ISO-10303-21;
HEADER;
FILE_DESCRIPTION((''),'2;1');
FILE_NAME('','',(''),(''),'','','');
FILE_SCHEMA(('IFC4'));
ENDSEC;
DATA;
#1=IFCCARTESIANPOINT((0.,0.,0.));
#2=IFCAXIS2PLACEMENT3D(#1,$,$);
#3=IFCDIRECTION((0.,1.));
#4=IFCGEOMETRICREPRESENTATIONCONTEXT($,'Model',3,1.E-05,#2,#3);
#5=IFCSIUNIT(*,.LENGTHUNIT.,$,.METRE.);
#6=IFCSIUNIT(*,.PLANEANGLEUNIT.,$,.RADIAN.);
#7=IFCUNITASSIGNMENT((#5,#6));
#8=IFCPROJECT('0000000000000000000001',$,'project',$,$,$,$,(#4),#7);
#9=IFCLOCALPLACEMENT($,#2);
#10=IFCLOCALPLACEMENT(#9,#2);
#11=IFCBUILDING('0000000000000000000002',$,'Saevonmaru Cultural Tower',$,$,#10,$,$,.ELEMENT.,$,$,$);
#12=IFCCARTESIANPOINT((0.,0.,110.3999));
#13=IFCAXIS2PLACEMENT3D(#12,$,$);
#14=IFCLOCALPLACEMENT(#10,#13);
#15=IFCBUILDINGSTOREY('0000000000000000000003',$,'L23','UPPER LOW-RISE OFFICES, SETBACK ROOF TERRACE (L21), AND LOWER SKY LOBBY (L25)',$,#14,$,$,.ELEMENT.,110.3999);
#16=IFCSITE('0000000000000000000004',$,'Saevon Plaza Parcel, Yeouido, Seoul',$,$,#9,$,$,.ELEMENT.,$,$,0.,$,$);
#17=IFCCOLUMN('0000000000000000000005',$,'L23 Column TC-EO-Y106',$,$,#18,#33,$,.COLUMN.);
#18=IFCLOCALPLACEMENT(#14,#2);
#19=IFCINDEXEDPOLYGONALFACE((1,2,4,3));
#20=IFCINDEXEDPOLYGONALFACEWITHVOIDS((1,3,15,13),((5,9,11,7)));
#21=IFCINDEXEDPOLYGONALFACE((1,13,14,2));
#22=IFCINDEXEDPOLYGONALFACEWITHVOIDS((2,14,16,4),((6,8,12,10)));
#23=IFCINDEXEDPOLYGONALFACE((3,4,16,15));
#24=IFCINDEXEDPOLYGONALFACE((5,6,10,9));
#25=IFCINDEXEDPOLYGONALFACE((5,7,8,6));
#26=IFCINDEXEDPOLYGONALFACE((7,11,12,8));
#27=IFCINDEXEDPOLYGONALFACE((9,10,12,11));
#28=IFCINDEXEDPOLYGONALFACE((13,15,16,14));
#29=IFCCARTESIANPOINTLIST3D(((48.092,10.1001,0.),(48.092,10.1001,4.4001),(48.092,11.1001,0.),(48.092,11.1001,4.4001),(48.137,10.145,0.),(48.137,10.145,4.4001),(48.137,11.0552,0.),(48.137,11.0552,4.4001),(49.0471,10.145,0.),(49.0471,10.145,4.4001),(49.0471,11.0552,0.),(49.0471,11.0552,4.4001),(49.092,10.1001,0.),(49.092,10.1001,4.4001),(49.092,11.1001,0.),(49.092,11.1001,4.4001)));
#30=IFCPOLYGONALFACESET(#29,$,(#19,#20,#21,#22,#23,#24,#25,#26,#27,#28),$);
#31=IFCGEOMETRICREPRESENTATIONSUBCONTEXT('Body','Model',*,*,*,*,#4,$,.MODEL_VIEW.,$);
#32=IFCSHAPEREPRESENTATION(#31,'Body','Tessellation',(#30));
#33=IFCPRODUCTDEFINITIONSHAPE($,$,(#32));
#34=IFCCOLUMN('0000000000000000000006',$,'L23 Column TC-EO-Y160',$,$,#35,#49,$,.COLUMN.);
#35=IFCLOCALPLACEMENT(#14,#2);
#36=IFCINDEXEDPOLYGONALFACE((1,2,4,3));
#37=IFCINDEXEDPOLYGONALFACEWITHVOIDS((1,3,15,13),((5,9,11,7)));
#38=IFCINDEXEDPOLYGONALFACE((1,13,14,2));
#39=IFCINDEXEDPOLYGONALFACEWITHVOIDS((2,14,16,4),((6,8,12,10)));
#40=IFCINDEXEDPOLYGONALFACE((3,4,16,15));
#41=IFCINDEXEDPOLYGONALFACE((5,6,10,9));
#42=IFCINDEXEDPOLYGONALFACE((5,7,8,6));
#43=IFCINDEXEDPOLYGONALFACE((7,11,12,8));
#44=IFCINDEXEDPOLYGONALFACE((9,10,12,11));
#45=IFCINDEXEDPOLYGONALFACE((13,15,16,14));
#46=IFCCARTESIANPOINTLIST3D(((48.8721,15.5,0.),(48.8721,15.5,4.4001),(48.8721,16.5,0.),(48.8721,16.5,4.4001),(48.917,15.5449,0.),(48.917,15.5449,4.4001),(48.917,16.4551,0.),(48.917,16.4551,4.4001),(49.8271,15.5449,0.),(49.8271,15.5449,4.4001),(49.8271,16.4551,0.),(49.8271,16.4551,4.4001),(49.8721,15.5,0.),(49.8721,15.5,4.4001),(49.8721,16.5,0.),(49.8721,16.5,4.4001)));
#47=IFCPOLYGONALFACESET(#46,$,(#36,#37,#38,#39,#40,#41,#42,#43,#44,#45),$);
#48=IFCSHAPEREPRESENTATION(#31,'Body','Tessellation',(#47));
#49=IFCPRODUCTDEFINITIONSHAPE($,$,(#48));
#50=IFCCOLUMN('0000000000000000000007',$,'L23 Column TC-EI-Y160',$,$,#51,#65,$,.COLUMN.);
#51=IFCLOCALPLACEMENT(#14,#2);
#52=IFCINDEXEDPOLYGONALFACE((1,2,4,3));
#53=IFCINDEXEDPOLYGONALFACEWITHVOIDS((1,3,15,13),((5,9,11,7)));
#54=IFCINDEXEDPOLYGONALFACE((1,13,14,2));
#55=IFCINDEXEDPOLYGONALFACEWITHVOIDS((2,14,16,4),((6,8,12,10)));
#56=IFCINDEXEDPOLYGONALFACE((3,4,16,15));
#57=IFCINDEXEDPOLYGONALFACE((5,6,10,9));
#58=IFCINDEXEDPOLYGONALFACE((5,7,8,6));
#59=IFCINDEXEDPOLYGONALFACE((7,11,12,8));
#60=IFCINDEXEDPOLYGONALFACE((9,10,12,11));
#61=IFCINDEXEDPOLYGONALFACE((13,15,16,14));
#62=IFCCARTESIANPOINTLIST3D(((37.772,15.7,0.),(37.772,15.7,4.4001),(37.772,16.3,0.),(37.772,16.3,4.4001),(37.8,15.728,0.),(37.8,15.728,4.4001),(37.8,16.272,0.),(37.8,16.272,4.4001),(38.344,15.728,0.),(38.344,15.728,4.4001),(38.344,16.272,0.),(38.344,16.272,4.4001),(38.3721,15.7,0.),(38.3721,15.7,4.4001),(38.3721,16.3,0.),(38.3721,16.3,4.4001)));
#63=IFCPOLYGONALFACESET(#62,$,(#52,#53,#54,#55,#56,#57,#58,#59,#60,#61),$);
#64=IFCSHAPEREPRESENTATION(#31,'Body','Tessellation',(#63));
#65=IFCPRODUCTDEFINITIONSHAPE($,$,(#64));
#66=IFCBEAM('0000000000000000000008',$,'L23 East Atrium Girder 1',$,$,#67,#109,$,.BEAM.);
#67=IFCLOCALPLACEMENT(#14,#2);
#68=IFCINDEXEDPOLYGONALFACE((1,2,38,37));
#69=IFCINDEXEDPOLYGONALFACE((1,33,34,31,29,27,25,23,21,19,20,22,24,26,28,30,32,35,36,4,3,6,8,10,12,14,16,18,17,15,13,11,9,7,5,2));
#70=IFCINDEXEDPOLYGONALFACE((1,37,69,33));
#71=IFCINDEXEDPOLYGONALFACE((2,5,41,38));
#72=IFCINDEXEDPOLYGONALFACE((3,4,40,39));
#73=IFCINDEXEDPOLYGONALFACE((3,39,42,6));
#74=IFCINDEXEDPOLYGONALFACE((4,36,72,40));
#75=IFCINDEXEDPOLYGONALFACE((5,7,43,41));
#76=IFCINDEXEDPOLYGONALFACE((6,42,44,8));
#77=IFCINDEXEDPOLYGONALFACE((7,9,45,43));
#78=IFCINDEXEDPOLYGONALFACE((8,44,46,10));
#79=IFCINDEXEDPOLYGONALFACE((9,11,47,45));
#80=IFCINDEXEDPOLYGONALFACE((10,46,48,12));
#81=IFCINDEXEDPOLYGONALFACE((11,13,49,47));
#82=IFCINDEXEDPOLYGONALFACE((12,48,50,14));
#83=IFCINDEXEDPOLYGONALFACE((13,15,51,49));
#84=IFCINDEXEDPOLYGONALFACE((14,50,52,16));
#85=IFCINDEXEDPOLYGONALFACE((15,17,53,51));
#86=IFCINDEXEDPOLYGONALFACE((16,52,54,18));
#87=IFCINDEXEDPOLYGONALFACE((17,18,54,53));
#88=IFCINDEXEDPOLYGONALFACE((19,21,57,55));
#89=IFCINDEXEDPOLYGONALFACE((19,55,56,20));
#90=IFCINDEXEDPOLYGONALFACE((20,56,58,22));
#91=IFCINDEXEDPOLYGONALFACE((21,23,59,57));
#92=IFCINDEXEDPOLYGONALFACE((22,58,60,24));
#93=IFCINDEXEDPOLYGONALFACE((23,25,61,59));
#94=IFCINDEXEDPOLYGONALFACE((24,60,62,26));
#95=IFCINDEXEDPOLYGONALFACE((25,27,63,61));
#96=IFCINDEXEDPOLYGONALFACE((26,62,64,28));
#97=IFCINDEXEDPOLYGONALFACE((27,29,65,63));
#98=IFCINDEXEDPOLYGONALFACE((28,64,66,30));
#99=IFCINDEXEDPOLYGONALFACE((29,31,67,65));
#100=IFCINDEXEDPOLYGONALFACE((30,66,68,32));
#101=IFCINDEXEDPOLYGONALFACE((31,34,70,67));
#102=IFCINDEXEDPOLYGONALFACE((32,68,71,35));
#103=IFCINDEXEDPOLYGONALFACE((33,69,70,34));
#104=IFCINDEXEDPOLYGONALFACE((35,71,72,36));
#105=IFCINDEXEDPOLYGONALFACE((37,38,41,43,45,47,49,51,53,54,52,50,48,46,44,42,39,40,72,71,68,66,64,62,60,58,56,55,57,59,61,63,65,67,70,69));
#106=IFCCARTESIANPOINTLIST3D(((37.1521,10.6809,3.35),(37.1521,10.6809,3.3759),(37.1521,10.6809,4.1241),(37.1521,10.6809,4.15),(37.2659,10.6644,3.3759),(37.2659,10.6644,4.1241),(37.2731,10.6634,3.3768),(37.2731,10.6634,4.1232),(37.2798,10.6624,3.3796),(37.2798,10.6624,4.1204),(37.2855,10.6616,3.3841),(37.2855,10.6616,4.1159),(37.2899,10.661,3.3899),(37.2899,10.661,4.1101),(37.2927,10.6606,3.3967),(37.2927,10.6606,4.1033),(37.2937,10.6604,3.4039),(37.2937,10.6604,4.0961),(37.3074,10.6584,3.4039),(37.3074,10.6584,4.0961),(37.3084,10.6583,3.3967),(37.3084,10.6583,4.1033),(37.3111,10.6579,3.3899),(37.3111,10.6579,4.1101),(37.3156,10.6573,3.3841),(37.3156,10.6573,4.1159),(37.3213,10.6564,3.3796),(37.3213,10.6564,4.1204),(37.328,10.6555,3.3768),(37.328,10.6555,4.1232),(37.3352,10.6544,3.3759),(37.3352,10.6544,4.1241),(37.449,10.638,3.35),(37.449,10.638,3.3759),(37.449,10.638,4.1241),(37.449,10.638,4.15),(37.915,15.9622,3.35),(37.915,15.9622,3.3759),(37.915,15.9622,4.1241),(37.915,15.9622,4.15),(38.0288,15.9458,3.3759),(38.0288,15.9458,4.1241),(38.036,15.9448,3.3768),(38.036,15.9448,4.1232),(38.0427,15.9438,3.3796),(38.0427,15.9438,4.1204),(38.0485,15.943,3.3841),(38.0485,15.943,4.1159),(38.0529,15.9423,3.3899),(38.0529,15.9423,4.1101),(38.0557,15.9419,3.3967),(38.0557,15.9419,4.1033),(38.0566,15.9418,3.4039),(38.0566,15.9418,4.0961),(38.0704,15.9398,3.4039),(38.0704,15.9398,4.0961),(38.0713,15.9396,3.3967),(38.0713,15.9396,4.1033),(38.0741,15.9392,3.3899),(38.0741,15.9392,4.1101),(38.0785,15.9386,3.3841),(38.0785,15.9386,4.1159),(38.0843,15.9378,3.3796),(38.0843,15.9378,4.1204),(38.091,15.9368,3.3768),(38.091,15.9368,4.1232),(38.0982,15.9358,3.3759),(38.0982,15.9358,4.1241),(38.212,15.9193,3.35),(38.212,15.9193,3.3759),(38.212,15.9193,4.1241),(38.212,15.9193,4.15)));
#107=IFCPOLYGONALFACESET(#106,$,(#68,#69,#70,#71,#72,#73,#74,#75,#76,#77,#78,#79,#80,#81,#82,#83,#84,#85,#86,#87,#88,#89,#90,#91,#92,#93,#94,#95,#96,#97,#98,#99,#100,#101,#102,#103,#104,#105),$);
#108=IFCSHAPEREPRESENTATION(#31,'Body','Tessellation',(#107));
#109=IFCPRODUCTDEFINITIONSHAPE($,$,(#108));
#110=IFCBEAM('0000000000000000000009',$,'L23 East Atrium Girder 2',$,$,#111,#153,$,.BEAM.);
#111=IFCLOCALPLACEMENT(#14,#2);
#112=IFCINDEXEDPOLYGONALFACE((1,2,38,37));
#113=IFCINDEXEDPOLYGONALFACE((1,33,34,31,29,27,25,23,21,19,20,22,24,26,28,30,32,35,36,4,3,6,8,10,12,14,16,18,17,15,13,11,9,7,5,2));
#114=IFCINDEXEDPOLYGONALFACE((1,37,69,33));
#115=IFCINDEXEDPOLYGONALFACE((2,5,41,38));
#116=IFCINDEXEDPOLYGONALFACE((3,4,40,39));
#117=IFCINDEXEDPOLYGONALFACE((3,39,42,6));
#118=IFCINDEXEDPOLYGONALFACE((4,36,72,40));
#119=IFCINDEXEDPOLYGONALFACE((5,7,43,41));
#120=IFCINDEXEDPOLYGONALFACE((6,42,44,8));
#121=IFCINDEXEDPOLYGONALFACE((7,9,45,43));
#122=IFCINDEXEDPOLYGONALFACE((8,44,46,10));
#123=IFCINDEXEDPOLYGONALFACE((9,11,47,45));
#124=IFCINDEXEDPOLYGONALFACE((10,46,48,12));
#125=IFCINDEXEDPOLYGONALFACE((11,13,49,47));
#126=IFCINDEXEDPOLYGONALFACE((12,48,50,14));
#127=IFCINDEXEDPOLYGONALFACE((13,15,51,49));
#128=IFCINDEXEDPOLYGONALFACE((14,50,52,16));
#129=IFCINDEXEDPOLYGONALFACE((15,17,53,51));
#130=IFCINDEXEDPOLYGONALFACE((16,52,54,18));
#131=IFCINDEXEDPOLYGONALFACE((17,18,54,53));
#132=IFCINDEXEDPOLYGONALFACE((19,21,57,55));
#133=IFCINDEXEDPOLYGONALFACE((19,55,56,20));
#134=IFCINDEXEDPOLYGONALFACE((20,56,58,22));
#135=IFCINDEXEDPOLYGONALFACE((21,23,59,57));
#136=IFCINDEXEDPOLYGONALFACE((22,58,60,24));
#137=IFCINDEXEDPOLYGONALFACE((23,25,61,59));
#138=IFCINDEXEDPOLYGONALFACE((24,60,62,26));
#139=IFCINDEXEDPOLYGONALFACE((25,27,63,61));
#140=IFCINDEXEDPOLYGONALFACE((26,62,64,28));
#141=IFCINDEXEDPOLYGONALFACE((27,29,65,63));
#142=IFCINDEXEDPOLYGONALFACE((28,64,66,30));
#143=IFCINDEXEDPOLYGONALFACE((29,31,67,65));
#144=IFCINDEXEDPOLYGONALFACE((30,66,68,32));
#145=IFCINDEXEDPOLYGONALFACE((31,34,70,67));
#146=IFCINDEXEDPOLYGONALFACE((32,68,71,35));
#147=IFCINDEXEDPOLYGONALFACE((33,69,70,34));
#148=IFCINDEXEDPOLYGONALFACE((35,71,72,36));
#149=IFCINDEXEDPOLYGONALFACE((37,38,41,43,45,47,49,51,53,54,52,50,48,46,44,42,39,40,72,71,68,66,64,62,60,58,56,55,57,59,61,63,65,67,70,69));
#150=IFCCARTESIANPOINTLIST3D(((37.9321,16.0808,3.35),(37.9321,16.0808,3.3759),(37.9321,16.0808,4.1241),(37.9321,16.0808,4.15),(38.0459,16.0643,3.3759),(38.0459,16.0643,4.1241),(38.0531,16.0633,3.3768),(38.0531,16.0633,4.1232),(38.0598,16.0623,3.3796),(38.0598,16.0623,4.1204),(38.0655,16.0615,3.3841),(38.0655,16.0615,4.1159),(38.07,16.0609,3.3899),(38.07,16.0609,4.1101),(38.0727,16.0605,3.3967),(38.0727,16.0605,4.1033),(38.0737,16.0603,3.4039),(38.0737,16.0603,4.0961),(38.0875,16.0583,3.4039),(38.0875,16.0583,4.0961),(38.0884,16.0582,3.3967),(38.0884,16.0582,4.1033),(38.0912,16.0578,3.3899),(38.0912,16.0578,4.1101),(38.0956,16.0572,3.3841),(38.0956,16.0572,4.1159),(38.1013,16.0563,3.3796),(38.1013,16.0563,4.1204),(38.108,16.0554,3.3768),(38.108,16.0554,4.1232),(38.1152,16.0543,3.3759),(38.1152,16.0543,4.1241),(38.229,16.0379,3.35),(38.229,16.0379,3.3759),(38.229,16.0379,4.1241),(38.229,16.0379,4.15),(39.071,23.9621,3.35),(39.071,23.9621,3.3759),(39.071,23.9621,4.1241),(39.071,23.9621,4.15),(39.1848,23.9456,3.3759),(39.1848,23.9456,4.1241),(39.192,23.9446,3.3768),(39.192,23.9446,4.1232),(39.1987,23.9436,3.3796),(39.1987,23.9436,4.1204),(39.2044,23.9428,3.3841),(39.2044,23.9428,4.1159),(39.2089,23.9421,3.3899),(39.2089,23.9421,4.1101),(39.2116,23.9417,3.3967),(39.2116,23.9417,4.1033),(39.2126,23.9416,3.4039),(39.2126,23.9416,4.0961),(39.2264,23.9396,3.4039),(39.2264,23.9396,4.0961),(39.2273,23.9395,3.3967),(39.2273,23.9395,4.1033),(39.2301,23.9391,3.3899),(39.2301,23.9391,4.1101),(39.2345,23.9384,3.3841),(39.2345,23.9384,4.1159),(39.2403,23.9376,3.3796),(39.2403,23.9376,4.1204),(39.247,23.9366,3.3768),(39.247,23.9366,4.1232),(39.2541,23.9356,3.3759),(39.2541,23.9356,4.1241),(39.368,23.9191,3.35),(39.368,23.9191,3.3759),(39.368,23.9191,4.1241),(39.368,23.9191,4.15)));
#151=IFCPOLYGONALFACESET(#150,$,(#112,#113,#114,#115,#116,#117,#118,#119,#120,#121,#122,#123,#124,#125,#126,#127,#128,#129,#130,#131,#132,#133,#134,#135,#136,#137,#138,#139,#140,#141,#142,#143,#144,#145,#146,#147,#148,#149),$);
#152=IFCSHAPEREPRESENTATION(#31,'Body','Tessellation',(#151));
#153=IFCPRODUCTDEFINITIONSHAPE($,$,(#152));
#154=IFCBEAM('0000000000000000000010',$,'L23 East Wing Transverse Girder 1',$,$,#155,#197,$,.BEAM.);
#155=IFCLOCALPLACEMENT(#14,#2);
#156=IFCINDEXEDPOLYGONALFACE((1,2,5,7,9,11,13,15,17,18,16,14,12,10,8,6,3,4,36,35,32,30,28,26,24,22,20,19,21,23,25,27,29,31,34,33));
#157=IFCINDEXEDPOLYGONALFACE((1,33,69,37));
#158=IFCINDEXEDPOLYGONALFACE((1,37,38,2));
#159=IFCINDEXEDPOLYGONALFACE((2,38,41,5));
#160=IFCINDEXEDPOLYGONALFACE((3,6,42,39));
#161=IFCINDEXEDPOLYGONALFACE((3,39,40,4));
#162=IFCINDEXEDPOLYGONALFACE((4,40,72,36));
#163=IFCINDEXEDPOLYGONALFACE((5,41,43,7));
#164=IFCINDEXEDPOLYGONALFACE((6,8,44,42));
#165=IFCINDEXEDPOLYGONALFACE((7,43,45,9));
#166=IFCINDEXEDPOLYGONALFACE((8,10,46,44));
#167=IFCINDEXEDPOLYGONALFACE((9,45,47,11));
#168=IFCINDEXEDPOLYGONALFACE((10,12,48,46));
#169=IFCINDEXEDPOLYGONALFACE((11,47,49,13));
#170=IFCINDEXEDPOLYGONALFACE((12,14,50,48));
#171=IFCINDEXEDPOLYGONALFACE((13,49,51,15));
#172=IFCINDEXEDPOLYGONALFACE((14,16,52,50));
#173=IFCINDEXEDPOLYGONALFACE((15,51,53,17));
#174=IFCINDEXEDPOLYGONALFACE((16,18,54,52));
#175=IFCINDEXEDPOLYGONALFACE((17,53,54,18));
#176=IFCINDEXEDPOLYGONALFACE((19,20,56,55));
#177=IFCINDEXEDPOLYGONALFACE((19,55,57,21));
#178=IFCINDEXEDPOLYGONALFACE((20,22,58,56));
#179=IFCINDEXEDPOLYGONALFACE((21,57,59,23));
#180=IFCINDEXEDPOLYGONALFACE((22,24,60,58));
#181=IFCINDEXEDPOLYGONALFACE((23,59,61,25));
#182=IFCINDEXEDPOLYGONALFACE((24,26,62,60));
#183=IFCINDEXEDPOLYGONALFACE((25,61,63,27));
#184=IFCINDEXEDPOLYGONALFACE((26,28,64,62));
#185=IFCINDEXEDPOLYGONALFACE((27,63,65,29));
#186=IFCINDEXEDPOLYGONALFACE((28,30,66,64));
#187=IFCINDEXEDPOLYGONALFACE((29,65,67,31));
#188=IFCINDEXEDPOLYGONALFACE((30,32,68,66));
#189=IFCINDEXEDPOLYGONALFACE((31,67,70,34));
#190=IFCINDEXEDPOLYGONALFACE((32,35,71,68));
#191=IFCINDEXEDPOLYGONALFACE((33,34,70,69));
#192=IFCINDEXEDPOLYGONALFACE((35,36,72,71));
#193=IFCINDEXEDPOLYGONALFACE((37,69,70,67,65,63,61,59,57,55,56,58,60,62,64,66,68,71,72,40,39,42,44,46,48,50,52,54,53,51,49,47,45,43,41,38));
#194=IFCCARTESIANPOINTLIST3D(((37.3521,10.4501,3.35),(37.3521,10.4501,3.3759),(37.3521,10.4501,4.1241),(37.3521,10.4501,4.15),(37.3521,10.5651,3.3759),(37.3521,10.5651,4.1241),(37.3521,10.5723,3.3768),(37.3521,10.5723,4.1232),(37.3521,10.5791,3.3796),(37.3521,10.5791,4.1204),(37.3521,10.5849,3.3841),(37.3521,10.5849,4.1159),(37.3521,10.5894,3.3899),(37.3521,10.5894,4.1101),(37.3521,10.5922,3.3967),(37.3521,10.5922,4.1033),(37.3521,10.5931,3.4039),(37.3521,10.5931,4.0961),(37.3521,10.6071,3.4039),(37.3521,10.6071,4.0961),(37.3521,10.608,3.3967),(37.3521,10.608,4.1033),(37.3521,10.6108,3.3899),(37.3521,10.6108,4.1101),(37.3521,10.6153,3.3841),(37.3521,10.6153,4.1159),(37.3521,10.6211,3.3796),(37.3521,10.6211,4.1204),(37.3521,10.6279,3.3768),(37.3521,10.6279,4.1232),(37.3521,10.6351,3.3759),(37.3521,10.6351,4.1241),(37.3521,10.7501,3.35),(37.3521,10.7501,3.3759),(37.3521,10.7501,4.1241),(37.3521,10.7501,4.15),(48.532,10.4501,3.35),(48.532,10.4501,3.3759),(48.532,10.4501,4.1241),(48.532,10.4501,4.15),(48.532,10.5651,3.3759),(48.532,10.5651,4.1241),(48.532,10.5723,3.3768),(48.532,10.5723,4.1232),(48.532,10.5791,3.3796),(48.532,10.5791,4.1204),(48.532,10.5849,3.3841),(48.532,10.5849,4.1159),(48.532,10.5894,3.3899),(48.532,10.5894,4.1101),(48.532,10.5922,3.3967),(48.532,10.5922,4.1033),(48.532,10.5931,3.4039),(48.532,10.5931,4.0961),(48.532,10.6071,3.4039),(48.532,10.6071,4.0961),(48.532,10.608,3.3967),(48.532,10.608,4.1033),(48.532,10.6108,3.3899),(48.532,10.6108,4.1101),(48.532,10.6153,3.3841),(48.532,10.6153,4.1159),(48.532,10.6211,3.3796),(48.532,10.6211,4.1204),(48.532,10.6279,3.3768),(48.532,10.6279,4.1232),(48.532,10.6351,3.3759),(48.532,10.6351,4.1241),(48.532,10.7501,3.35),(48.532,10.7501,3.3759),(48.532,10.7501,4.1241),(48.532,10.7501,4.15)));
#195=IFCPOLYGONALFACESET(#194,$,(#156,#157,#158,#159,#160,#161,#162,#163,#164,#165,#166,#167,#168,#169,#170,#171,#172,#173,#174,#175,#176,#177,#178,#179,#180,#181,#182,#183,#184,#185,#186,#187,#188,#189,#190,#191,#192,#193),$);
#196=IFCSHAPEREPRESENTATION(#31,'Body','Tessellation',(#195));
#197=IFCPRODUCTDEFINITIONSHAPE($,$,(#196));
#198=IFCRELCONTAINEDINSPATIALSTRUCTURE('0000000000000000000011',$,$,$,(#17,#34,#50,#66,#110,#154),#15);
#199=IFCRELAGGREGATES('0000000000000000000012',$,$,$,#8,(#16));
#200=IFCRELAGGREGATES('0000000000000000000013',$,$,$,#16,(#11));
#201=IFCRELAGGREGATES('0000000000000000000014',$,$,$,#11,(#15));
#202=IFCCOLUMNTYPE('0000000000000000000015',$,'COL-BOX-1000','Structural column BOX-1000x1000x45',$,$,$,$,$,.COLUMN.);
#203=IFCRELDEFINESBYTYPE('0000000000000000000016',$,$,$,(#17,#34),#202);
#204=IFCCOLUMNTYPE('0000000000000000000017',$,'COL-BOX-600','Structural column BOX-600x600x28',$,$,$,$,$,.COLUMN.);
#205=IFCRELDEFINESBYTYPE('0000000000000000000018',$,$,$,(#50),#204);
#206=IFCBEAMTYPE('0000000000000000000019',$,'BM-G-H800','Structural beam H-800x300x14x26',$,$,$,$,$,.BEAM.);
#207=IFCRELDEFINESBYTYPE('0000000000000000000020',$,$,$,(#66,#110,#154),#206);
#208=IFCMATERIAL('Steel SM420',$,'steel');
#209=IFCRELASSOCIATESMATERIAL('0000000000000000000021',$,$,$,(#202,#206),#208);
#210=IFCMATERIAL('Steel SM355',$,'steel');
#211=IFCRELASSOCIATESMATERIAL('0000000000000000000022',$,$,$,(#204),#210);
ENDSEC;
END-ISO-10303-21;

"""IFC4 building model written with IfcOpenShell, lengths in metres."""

from ifc_helpers import new_model, si_unit, direction, frame, origin, origin_2d, place, context, subcontext, project, spatial, hollow_rectangle, i_section, extrude, material, material_profile, profile_set, type_object, element, save


model = new_model("IFC4")

# Units and contexts
model_context = context("Model", 3, precision=1e-05, world=origin(), true_north=direction((0.0, 1.0)))
body_context = subcontext(model_context, "Body", "Model", "MODEL_VIEW")
ifc_project = project(units=[si_unit("LENGTHUNIT", "METRE"), si_unit("PLANEANGLEUNIT", "RADIAN")], contexts=[model_context])

# Site, building, storey
site_placement = place(None, origin())
site = spatial("IfcSite", under=ifc_project, at=site_placement, Name="Saevon Plaza Parcel, Yeouido, Seoul", CompositionType="ELEMENT", RefElevation=0.0)
building_placement = place(site_placement, origin())
building = spatial("IfcBuilding", under=site, at=building_placement, Name="Saevonmaru Cultural Tower", CompositionType="ELEMENT")
storey_placement = place(building_placement, frame((0.0, 0.0, 110.3999)))
storey = spatial("IfcBuildingStorey", under=building, at=storey_placement, Name="L23", Description="UPPER LOW-RISE OFFICES, SETBACK ROOF TERRACE (L21), AND LOWER SKY LOBBY (L25)", CompositionType="ELEMENT", Elevation=110.3999)

# Columns
ifc_material_1 = material(Name="Steel SM420", Category="steel")
ifc_material_profile_1 = material_profile(ifc_material_1, hollow_rectangle(XDim=1.0, YDim=1.0, WallThickness=0.0449, at=origin_2d()), Name="BOX-1000x1000x45")
ifc_profile_set_1 = profile_set([ifc_material_profile_1], Name="Steel SM420")
column_type_1 = type_object("IfcColumnType", Name="COL-BOX-1000", Description="Structural column BOX-1000x1000x45", PredefinedType="COLUMN", material=ifc_profile_set_1)
for number, where, z_axis, x_axis, name in (
    (1, (48.592, 10.6001, 0.0), (0.0, 0.0, 1.0), (1.0, 0.0, 0.0), "L23 Column TC-EO-Y106"),
    (2, (49.3721, 16.0, 0.0), (0.0, 0.0, 1.0), (1.0, 0.0, 0.0), "L23 Column TC-EO-Y160"),
):
    element("IfcColumn", number, at=place(storey_placement, frame(where, z_axis=z_axis, x_axis=x_axis)), inside=storey, type_object=column_type_1, Name=name, PredefinedType="COLUMN", context=body_context, shape_type="SweptSolid", body=[
        extrude(hollow_rectangle(XDim=1.0, YDim=1.0, WallThickness=0.0449, at=origin_2d()), origin(), (0.0, 0.0, 1.0), 4.4001),
    ])
ifc_material_2 = material(Name="Steel SM355", Category="steel")
ifc_material_profile_2 = material_profile(ifc_material_2, hollow_rectangle(XDim=0.6001, YDim=0.6001, WallThickness=0.0281, at=origin_2d()), Name="BOX-600x600x28")
ifc_profile_set_2 = profile_set([ifc_material_profile_2], Name="Steel SM355")
column_type_2 = type_object("IfcColumnType", Name="COL-BOX-600", Description="Structural column BOX-600x600x28", PredefinedType="COLUMN", material=ifc_profile_set_2)
column_placement = place(storey_placement, frame((38.072, 16.0, 0.0), z_axis=(0.0, 0.0, 1.0), x_axis=(1.0, 0.0, 0.0)))
element("IfcColumn", 3, at=column_placement, inside=storey, type_object=column_type_2, Name="L23 Column TC-EI-Y160", PredefinedType="COLUMN", context=body_context, shape_type="SweptSolid", body=[
    extrude(hollow_rectangle(XDim=0.6001, YDim=0.6001, WallThickness=0.0281, at=origin_2d()), origin(), (0.0, 0.0, 1.0), 4.4001),
])

# Beams
ifc_material_profile_3 = material_profile(ifc_material_1, i_section(OverallWidth=0.3, OverallDepth=0.8, WebThickness=0.0139, FlangeThickness=0.0259, FilletRadius=0.0281, at=origin_2d()), Name="H-800x300x14x26")
ifc_profile_set_3 = profile_set([ifc_material_profile_3], Name="Steel SM420")
beam_type_1 = type_object("IfcBeamType", Name="BM-G-H800", Description="Structural beam H-800x300x14x26", PredefinedType="BEAM", material=ifc_profile_set_3)
beam_1_placement = place(storey_placement, frame((37.3005, 10.6594, 3.75), z_axis=(0.142978, 0.989726, 0.0), x_axis=(-0.989726, 0.142978, 0.0)))
element("IfcBeam", 4, at=beam_1_placement, inside=storey, type_object=beam_type_1, Name="L23 East Atrium Girder 1", PredefinedType="BEAM", context=body_context, shape_type="SweptSolid", body=[
    extrude(i_section(OverallWidth=0.3, OverallDepth=0.8, WebThickness=0.0139, FlangeThickness=0.0259, FilletRadius=0.0281, at=origin_2d()), origin(), (0.0, 0.0, 1.0), 5.3362),
])
beam_2_placement = place(storey_placement, frame((38.0806, 16.0593, 3.75), z_axis=(0.143022, 0.989719, 0.0), x_axis=(-0.989719, 0.143022, 0.0)))
element("IfcBeam", 5, at=beam_2_placement, inside=storey, type_object=beam_type_1, Name="L23 East Atrium Girder 2", PredefinedType="BEAM", context=body_context, shape_type="SweptSolid", body=[
    extrude(i_section(OverallWidth=0.3, OverallDepth=0.8, WebThickness=0.0139, FlangeThickness=0.0259, FilletRadius=0.0281, at=origin_2d()), origin(), (0.0, 0.0, 1.0), 7.9631),
])
for number, where, z_axis, x_axis, name in (
    (6, (37.3521, 10.6001, 3.75), (1.0, 0.0, 0.0), (0.0, 1.0, 0.0), "L23 East Wing Transverse Girder 1"),
):
    element("IfcBeam", number, at=place(storey_placement, frame(where, z_axis=z_axis, x_axis=x_axis)), inside=storey, type_object=beam_type_1, Name=name, PredefinedType="BEAM", context=body_context, shape_type="SweptSolid", body=[
        extrude(i_section(OverallWidth=0.3, OverallDepth=0.8, WebThickness=0.0139, FlangeThickness=0.0259, FilletRadius=0.0281, at=origin_2d()), origin(), (0.0, 0.0, 1.0), 11.1799),
    ])

save(model, "model.ifc")
